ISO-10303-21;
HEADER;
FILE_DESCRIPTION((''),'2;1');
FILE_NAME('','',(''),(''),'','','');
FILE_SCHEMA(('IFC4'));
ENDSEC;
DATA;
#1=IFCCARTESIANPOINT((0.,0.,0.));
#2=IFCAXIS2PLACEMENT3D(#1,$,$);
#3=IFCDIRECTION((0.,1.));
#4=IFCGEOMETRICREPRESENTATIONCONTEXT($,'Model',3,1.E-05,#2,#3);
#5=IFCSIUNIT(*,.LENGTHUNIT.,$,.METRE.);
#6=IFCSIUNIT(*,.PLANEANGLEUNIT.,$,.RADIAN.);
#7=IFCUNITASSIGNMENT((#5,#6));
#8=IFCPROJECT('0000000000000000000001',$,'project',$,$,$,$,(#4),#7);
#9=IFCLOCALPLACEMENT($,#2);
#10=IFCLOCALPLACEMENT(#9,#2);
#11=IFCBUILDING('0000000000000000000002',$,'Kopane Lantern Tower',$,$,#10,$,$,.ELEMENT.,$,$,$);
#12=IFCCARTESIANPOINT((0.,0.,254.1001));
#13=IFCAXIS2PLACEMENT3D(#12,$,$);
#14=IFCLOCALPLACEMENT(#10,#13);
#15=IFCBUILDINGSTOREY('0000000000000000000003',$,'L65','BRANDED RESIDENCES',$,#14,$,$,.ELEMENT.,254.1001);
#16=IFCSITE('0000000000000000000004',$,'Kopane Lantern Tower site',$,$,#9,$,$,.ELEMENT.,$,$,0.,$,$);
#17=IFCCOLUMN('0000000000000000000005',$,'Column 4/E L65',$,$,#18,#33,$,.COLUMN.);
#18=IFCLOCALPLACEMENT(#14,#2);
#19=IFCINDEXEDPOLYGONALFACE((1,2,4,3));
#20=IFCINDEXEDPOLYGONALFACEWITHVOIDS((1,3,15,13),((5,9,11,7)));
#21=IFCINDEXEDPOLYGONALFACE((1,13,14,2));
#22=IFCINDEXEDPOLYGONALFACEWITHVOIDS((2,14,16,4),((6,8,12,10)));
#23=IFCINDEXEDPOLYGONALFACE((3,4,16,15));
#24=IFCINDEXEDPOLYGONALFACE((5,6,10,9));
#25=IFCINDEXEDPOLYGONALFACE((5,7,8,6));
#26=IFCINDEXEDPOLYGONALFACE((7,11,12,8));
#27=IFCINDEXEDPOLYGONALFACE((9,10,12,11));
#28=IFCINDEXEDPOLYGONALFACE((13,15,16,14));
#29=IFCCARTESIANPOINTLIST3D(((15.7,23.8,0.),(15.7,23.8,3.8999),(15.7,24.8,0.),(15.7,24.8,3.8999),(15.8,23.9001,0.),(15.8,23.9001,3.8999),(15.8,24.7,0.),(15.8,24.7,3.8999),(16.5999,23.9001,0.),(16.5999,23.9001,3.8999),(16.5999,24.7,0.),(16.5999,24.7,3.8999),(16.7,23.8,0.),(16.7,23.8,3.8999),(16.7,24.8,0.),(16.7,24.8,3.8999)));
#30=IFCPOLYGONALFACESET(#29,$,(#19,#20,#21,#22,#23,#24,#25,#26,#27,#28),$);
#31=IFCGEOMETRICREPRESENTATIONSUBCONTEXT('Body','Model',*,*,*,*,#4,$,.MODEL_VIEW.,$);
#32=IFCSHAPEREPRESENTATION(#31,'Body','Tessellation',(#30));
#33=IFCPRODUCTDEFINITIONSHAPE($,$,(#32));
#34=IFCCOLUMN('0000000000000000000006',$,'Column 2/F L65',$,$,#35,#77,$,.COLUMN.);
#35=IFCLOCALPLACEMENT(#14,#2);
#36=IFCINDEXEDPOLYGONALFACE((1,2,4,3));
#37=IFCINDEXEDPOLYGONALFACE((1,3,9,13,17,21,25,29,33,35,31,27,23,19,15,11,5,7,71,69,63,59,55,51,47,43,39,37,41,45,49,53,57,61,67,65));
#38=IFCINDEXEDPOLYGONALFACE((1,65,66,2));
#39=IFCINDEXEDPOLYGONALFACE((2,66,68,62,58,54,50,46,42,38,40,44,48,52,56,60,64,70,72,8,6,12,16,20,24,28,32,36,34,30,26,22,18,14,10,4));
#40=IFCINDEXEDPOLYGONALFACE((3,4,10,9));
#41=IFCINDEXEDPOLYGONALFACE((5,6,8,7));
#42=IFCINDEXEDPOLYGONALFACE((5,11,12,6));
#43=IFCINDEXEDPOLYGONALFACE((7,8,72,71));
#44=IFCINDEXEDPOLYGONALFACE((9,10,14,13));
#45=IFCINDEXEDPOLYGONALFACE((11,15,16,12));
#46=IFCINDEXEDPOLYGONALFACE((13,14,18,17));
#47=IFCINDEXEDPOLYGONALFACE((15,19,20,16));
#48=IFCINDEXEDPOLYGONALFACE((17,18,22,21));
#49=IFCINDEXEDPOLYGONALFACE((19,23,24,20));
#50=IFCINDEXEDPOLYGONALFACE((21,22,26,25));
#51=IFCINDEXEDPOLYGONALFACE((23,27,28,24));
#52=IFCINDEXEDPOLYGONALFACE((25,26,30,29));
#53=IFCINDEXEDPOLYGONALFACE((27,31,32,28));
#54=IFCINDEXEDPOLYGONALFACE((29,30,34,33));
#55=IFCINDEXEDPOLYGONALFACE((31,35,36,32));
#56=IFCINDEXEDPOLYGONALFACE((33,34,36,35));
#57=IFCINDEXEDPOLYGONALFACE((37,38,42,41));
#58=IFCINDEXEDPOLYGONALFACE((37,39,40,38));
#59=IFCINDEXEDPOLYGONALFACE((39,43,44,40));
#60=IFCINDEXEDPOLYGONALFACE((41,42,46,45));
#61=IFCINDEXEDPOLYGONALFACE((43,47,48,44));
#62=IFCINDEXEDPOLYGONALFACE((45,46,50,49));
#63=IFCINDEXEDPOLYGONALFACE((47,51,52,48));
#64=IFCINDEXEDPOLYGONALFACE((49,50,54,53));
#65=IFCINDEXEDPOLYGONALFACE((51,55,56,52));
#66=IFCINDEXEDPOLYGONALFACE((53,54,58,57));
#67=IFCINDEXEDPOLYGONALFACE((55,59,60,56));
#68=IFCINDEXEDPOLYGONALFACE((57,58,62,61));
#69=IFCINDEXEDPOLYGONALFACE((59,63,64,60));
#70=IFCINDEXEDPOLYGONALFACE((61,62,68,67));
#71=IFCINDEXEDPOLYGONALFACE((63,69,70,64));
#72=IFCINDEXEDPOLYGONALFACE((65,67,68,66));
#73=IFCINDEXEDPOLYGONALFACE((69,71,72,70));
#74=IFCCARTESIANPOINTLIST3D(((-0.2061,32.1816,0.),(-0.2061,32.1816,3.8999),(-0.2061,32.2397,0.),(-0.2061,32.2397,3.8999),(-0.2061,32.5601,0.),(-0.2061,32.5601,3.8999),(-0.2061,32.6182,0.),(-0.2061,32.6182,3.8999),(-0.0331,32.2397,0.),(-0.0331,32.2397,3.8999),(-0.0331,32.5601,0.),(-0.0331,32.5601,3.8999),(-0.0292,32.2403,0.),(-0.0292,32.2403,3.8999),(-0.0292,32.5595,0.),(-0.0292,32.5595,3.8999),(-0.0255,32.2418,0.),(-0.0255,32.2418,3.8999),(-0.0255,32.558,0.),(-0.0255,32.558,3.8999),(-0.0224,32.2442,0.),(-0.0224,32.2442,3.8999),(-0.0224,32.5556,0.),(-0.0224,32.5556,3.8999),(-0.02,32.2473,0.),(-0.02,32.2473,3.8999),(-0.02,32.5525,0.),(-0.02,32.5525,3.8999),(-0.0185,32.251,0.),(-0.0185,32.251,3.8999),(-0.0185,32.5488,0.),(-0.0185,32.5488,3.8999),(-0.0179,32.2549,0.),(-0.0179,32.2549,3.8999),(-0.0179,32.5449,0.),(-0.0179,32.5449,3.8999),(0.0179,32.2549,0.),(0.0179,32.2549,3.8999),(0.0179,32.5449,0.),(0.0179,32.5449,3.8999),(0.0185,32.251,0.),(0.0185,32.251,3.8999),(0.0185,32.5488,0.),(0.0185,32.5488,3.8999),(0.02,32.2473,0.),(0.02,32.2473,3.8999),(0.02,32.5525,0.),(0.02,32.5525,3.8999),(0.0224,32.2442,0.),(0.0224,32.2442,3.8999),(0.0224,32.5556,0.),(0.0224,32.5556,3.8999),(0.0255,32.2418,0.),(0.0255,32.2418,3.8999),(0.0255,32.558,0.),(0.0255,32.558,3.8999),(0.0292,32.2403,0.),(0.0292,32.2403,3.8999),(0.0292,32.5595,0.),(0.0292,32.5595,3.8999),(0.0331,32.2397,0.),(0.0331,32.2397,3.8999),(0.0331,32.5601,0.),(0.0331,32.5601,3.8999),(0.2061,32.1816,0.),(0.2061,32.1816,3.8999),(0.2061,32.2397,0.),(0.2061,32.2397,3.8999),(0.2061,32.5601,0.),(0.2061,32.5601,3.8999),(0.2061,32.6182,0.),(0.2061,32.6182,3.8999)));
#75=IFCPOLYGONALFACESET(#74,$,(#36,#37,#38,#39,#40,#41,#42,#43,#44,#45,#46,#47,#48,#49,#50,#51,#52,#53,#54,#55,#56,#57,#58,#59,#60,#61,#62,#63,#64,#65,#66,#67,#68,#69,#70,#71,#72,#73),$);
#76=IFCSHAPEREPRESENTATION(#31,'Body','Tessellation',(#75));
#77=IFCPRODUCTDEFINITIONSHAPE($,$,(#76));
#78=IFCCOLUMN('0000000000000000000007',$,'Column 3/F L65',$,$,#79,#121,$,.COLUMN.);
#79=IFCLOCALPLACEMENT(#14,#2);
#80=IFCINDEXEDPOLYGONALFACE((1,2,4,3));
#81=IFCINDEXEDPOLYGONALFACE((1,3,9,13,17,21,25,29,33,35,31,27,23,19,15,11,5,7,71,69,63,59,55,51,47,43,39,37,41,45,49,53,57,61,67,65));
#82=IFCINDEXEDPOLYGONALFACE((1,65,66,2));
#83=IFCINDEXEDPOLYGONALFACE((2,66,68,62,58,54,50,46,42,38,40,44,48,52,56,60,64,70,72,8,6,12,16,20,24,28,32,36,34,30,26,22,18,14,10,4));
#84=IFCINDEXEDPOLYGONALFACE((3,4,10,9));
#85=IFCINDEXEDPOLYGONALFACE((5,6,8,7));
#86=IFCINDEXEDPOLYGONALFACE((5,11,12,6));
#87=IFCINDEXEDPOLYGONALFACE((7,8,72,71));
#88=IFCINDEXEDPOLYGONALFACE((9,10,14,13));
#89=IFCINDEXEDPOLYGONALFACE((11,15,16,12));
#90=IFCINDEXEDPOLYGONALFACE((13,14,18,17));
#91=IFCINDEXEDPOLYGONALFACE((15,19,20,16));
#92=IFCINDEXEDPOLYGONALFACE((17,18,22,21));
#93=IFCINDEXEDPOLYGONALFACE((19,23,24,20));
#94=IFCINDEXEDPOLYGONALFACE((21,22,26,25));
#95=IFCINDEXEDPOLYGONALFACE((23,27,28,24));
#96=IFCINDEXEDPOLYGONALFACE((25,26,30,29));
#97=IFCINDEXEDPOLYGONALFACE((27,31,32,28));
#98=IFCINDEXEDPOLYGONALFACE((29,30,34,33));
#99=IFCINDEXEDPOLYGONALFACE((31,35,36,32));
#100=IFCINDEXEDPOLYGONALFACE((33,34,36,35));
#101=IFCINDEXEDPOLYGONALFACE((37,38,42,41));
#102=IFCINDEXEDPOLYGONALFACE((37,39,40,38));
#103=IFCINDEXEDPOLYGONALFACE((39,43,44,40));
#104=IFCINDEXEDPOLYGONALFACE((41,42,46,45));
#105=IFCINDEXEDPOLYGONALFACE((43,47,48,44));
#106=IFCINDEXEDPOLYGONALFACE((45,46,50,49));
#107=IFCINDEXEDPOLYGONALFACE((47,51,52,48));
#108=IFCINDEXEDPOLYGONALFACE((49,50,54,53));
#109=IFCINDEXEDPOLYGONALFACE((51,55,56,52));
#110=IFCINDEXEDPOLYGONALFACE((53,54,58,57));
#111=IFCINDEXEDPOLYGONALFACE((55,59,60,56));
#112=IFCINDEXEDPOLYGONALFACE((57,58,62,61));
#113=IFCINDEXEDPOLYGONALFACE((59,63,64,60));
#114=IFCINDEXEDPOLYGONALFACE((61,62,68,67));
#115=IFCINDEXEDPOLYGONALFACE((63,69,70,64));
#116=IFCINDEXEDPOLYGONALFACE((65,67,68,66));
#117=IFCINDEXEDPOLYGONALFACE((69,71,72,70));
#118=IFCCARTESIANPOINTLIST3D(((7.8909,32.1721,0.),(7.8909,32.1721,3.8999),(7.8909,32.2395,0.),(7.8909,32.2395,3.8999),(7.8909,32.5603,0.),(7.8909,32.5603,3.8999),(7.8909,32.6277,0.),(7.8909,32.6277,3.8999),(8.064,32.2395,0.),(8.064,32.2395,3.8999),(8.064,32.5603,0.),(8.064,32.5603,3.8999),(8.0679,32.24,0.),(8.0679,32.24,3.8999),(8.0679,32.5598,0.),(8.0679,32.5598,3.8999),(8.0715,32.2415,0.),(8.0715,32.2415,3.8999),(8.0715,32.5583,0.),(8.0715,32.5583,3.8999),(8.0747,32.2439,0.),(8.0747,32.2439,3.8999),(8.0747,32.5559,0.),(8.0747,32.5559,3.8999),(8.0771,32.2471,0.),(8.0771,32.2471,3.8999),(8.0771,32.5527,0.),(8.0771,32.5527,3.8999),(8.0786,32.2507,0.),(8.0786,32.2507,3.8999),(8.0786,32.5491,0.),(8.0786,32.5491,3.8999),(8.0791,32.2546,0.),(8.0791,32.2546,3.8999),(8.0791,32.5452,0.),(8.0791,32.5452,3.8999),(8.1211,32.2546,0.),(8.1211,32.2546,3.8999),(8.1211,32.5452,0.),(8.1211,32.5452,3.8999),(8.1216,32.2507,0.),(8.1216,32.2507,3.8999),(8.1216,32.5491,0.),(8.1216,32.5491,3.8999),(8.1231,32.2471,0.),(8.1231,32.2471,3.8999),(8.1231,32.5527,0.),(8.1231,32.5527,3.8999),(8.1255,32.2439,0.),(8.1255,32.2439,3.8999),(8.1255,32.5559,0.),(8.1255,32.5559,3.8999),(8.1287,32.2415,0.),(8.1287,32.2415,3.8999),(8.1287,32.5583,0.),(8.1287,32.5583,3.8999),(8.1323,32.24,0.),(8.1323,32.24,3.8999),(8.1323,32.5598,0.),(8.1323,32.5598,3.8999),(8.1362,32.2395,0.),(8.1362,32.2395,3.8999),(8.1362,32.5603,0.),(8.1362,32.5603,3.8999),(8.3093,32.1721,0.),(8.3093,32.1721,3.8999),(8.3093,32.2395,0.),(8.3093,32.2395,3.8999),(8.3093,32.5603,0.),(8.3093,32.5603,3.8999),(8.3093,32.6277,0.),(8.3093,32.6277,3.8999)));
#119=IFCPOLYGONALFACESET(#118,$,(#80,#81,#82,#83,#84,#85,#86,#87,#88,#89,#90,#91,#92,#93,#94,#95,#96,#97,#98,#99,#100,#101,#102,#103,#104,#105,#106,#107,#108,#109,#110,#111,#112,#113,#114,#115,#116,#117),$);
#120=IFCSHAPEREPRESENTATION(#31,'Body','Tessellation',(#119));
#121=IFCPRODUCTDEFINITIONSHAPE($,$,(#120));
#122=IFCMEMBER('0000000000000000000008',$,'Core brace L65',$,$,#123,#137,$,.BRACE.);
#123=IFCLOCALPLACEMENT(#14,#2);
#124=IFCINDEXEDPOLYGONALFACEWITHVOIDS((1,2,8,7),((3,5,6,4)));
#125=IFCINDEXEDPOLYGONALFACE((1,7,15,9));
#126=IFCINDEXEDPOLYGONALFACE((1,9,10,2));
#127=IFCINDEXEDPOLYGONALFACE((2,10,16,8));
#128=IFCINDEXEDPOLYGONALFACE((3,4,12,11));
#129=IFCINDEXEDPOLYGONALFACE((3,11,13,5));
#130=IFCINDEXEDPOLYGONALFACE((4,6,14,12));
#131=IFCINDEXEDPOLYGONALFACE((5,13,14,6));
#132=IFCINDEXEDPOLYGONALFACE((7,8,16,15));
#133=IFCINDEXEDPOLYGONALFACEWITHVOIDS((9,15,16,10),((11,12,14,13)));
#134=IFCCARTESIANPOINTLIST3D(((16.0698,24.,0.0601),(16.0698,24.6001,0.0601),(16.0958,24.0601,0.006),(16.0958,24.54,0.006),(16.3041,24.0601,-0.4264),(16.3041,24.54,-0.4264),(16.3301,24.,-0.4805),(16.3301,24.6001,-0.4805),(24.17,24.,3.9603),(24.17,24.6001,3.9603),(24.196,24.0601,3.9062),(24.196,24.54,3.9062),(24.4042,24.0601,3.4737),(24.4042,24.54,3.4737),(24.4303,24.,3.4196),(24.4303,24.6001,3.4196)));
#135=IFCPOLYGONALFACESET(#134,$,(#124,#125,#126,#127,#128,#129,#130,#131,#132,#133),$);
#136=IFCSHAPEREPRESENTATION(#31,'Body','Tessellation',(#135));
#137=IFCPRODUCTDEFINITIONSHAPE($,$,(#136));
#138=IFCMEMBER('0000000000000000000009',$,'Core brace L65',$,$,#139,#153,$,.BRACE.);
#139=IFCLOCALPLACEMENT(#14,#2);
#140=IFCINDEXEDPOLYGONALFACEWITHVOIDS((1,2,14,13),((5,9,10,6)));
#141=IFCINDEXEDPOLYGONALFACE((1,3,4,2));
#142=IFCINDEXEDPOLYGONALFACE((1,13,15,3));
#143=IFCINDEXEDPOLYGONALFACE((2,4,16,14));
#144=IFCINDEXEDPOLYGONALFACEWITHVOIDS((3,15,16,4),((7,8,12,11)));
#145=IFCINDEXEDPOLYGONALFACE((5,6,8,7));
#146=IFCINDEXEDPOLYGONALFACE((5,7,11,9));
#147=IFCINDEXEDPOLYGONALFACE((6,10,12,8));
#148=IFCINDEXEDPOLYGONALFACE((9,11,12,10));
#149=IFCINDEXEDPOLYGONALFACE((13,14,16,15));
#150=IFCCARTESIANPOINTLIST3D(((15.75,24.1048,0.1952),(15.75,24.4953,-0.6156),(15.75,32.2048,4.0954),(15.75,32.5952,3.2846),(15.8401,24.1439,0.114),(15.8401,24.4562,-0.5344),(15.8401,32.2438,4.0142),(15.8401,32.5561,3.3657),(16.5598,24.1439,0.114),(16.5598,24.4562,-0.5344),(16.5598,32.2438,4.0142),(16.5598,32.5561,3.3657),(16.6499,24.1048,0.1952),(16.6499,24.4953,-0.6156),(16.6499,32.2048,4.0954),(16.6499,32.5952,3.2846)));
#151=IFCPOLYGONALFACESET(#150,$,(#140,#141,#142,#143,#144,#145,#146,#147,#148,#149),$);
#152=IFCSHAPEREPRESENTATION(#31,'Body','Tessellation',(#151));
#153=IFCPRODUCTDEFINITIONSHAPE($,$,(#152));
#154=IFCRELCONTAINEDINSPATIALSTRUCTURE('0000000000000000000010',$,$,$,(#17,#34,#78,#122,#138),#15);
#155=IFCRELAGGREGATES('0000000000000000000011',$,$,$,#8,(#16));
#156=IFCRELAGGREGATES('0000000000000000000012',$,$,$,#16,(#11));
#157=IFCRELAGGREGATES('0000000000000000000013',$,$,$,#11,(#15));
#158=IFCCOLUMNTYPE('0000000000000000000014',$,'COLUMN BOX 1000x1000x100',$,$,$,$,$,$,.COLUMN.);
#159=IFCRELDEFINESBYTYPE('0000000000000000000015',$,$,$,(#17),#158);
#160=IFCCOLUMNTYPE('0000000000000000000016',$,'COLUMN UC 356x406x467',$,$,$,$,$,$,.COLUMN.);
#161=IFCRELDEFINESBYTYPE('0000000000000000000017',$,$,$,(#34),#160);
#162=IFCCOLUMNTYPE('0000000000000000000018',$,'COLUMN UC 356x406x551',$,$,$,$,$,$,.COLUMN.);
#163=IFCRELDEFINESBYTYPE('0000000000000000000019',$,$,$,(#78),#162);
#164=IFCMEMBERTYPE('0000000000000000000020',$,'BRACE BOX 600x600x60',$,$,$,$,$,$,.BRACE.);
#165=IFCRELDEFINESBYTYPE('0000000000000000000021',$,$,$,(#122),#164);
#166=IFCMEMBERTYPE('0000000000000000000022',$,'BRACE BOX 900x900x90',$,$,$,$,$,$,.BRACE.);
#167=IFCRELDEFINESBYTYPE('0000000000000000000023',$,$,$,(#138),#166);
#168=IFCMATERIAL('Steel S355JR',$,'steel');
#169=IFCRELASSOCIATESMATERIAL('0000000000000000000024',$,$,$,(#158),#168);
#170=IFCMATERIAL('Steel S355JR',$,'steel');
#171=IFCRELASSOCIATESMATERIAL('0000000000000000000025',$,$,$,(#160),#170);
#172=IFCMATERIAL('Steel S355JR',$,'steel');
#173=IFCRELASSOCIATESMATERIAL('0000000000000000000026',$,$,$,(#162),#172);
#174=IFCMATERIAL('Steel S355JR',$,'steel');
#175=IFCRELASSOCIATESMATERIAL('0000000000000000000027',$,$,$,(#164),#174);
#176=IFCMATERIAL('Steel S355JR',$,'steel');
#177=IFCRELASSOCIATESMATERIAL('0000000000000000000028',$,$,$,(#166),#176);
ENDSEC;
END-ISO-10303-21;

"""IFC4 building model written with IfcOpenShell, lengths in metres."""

from ifc_helpers import new_model, si_unit, direction, frame, origin, origin_2d, place, context, subcontext, project, spatial, hollow_rectangle, i_section, extrude, material, material_profile, profile_set, type_object, element, save


model = new_model("IFC4")

# Units and contexts
model_context = context("Model", 3, precision=1e-05, world=origin(), true_north=direction((0.0, 1.0)))
body_context = subcontext(model_context, "Body", "Model", "MODEL_VIEW")
ifc_project = project(units=[si_unit("LENGTHUNIT", "METRE"), si_unit("PLANEANGLEUNIT", "RADIAN")], contexts=[model_context])

# Site, building, storey
site_placement = place(None, origin())
site = spatial("IfcSite", under=ifc_project, at=site_placement, Name="Kopane Lantern Tower site", CompositionType="ELEMENT", RefElevation=0.0)
building_placement = place(site_placement, origin())
building = spatial("IfcBuilding", under=site, at=building_placement, Name="Kopane Lantern Tower", CompositionType="ELEMENT")
storey_placement = place(building_placement, frame((0.0, 0.0, 254.1001)))
storey = spatial("IfcBuildingStorey", under=building, at=storey_placement, Name="L65", Description="BRANDED RESIDENCES", CompositionType="ELEMENT", Elevation=254.1001)

# Columns
ifc_material_1 = material(Name="Steel S355JR", Category="steel")
ifc_material_profile_1 = material_profile(ifc_material_1, hollow_rectangle(XDim=1.0, YDim=1.0, WallThickness=0.1001, at=origin_2d()), Name="BOX 1000x1000x100")
ifc_profile_set_1 = profile_set([ifc_material_profile_1], Name="Steel S355JR")
column_type_1 = type_object("IfcColumnType", Name="COLUMN BOX 1000x1000x100", PredefinedType="COLUMN", material=ifc_profile_set_1)
column_1_placement = place(storey_placement, frame((16.2, 24.3, 0.0), z_axis=(0.0, 0.0, 1.0), x_axis=(1.0, 0.0, 0.0)))
element("IfcColumn", 1, at=column_1_placement, inside=storey, type_object=column_type_1, Name="Column 4/E L65", PredefinedType="COLUMN", context=body_context, shape_type="SweptSolid", body=[
    extrude(hollow_rectangle(XDim=1.0, YDim=1.0, WallThickness=0.1001, at=origin_2d()), origin(), (0.0, 0.0, 1.0), 3.8999),
])
ifc_material_2 = material(Name="Steel S355JR", Category="steel")
ifc_material_profile_2 = material_profile(ifc_material_2, i_section(OverallWidth=0.4121, OverallDepth=0.4365, WebThickness=0.0359, FlangeThickness=0.0581, FilletRadius=0.0151, at=origin_2d()), Name="UC 356x406x467")
ifc_profile_set_2 = profile_set([ifc_material_profile_2], Name="Steel S355JR")
column_type_2 = type_object("IfcColumnType", Name="COLUMN UC 356x406x467", PredefinedType="COLUMN", material=ifc_profile_set_2)
column_2_placement = place(storey_placement, frame((0.0, 32.3999, 0.0), z_axis=(0.0, 0.0, 1.0), x_axis=(1.0, 0.0, 0.0)))
element("IfcColumn", 2, at=column_2_placement, inside=storey, type_object=column_type_2, Name="Column 2/F L65", PredefinedType="COLUMN", context=body_context, shape_type="SweptSolid", body=[
    extrude(i_section(OverallWidth=0.4121, OverallDepth=0.4365, WebThickness=0.0359, FlangeThickness=0.0581, FilletRadius=0.0151, at=origin_2d()), origin(), (0.0, 0.0, 1.0), 3.8999),
])
ifc_material_3 = material(Name="Steel S355JR", Category="steel")
ifc_material_profile_3 = material_profile(ifc_material_3, i_section(OverallWidth=0.4185, OverallDepth=0.4556, WebThickness=0.042, FlangeThickness=0.0674, FilletRadius=0.0151, at=origin_2d()), Name="UC 356x406x551")
ifc_profile_set_3 = profile_set([ifc_material_profile_3], Name="Steel S355JR")
column_type_3 = type_object("IfcColumnType", Name="COLUMN UC 356x406x551", PredefinedType="COLUMN", material=ifc_profile_set_3)
column_3_placement = place(storey_placement, frame((8.1001, 32.3999, 0.0), z_axis=(0.0, 0.0, 1.0), x_axis=(1.0, 0.0, 0.0)))
element("IfcColumn", 3, at=column_3_placement, inside=storey, type_object=column_type_3, Name="Column 3/F L65", PredefinedType="COLUMN", context=body_context, shape_type="SweptSolid", body=[
    extrude(i_section(OverallWidth=0.4185, OverallDepth=0.4556, WebThickness=0.042, FlangeThickness=0.0674, FilletRadius=0.0151, at=origin_2d()), origin(), (0.0, 0.0, 1.0), 3.8999),
])

# Members
ifc_material_4 = material(Name="Steel S355JR", Category="steel")
ifc_material_profile_4 = material_profile(ifc_material_4, hollow_rectangle(XDim=0.6001, YDim=0.6001, WallThickness=0.0601, at=origin_2d()), Name="BOX 600x600x60")
ifc_profile_set_4 = profile_set([ifc_material_profile_4], Name="Steel S355JR")
member_type_1 = type_object("IfcMemberType", Name="BRACE BOX 600x600x60", PredefinedType="BRACE", material=ifc_profile_set_4)
member_1_placement = place(storey_placement, frame((16.2, 24.3, -0.2102), z_axis=(0.900997, 0.0, 0.433825), x_axis=(0.0, 1.0, 0.0)))
element("IfcMember", 4, at=member_1_placement, inside=storey, type_object=member_type_1, Name="Core brace L65", PredefinedType="BRACE", context=body_context, shape_type="SweptSolid", body=[
    extrude(hollow_rectangle(XDim=0.6001, YDim=0.6001, WallThickness=0.0601, at=origin_2d()), origin(), (0.0, 0.0, 1.0), 8.9902),
])
ifc_material_5 = material(Name="Steel S355JR", Category="steel")
ifc_material_profile_5 = material_profile(ifc_material_5, hollow_rectangle(XDim=0.8999, YDim=0.8999, WallThickness=0.0901, at=origin_2d()), Name="BOX 900x900x90")
ifc_profile_set_5 = profile_set([ifc_material_profile_5], Name="Steel S355JR")
member_type_2 = type_object("IfcMemberType", Name="BRACE BOX 900x900x90", PredefinedType="BRACE", material=ifc_profile_set_5)
member_2_placement = place(storey_placement, frame((16.2, 24.3, -0.2102), z_axis=(0.0, 0.900992, 0.433835), x_axis=(-1.0, 0.0, 0.0)))
element("IfcMember", 5, at=member_2_placement, inside=storey, type_object=member_type_2, Name="Core brace L65", PredefinedType="BRACE", context=body_context, shape_type="SweptSolid", body=[
    extrude(hollow_rectangle(XDim=0.8999, YDim=0.8999, WallThickness=0.0901, at=origin_2d()), origin(), (0.0, 0.0, 1.0), 8.99),
])

save(model, "model.ifc")
